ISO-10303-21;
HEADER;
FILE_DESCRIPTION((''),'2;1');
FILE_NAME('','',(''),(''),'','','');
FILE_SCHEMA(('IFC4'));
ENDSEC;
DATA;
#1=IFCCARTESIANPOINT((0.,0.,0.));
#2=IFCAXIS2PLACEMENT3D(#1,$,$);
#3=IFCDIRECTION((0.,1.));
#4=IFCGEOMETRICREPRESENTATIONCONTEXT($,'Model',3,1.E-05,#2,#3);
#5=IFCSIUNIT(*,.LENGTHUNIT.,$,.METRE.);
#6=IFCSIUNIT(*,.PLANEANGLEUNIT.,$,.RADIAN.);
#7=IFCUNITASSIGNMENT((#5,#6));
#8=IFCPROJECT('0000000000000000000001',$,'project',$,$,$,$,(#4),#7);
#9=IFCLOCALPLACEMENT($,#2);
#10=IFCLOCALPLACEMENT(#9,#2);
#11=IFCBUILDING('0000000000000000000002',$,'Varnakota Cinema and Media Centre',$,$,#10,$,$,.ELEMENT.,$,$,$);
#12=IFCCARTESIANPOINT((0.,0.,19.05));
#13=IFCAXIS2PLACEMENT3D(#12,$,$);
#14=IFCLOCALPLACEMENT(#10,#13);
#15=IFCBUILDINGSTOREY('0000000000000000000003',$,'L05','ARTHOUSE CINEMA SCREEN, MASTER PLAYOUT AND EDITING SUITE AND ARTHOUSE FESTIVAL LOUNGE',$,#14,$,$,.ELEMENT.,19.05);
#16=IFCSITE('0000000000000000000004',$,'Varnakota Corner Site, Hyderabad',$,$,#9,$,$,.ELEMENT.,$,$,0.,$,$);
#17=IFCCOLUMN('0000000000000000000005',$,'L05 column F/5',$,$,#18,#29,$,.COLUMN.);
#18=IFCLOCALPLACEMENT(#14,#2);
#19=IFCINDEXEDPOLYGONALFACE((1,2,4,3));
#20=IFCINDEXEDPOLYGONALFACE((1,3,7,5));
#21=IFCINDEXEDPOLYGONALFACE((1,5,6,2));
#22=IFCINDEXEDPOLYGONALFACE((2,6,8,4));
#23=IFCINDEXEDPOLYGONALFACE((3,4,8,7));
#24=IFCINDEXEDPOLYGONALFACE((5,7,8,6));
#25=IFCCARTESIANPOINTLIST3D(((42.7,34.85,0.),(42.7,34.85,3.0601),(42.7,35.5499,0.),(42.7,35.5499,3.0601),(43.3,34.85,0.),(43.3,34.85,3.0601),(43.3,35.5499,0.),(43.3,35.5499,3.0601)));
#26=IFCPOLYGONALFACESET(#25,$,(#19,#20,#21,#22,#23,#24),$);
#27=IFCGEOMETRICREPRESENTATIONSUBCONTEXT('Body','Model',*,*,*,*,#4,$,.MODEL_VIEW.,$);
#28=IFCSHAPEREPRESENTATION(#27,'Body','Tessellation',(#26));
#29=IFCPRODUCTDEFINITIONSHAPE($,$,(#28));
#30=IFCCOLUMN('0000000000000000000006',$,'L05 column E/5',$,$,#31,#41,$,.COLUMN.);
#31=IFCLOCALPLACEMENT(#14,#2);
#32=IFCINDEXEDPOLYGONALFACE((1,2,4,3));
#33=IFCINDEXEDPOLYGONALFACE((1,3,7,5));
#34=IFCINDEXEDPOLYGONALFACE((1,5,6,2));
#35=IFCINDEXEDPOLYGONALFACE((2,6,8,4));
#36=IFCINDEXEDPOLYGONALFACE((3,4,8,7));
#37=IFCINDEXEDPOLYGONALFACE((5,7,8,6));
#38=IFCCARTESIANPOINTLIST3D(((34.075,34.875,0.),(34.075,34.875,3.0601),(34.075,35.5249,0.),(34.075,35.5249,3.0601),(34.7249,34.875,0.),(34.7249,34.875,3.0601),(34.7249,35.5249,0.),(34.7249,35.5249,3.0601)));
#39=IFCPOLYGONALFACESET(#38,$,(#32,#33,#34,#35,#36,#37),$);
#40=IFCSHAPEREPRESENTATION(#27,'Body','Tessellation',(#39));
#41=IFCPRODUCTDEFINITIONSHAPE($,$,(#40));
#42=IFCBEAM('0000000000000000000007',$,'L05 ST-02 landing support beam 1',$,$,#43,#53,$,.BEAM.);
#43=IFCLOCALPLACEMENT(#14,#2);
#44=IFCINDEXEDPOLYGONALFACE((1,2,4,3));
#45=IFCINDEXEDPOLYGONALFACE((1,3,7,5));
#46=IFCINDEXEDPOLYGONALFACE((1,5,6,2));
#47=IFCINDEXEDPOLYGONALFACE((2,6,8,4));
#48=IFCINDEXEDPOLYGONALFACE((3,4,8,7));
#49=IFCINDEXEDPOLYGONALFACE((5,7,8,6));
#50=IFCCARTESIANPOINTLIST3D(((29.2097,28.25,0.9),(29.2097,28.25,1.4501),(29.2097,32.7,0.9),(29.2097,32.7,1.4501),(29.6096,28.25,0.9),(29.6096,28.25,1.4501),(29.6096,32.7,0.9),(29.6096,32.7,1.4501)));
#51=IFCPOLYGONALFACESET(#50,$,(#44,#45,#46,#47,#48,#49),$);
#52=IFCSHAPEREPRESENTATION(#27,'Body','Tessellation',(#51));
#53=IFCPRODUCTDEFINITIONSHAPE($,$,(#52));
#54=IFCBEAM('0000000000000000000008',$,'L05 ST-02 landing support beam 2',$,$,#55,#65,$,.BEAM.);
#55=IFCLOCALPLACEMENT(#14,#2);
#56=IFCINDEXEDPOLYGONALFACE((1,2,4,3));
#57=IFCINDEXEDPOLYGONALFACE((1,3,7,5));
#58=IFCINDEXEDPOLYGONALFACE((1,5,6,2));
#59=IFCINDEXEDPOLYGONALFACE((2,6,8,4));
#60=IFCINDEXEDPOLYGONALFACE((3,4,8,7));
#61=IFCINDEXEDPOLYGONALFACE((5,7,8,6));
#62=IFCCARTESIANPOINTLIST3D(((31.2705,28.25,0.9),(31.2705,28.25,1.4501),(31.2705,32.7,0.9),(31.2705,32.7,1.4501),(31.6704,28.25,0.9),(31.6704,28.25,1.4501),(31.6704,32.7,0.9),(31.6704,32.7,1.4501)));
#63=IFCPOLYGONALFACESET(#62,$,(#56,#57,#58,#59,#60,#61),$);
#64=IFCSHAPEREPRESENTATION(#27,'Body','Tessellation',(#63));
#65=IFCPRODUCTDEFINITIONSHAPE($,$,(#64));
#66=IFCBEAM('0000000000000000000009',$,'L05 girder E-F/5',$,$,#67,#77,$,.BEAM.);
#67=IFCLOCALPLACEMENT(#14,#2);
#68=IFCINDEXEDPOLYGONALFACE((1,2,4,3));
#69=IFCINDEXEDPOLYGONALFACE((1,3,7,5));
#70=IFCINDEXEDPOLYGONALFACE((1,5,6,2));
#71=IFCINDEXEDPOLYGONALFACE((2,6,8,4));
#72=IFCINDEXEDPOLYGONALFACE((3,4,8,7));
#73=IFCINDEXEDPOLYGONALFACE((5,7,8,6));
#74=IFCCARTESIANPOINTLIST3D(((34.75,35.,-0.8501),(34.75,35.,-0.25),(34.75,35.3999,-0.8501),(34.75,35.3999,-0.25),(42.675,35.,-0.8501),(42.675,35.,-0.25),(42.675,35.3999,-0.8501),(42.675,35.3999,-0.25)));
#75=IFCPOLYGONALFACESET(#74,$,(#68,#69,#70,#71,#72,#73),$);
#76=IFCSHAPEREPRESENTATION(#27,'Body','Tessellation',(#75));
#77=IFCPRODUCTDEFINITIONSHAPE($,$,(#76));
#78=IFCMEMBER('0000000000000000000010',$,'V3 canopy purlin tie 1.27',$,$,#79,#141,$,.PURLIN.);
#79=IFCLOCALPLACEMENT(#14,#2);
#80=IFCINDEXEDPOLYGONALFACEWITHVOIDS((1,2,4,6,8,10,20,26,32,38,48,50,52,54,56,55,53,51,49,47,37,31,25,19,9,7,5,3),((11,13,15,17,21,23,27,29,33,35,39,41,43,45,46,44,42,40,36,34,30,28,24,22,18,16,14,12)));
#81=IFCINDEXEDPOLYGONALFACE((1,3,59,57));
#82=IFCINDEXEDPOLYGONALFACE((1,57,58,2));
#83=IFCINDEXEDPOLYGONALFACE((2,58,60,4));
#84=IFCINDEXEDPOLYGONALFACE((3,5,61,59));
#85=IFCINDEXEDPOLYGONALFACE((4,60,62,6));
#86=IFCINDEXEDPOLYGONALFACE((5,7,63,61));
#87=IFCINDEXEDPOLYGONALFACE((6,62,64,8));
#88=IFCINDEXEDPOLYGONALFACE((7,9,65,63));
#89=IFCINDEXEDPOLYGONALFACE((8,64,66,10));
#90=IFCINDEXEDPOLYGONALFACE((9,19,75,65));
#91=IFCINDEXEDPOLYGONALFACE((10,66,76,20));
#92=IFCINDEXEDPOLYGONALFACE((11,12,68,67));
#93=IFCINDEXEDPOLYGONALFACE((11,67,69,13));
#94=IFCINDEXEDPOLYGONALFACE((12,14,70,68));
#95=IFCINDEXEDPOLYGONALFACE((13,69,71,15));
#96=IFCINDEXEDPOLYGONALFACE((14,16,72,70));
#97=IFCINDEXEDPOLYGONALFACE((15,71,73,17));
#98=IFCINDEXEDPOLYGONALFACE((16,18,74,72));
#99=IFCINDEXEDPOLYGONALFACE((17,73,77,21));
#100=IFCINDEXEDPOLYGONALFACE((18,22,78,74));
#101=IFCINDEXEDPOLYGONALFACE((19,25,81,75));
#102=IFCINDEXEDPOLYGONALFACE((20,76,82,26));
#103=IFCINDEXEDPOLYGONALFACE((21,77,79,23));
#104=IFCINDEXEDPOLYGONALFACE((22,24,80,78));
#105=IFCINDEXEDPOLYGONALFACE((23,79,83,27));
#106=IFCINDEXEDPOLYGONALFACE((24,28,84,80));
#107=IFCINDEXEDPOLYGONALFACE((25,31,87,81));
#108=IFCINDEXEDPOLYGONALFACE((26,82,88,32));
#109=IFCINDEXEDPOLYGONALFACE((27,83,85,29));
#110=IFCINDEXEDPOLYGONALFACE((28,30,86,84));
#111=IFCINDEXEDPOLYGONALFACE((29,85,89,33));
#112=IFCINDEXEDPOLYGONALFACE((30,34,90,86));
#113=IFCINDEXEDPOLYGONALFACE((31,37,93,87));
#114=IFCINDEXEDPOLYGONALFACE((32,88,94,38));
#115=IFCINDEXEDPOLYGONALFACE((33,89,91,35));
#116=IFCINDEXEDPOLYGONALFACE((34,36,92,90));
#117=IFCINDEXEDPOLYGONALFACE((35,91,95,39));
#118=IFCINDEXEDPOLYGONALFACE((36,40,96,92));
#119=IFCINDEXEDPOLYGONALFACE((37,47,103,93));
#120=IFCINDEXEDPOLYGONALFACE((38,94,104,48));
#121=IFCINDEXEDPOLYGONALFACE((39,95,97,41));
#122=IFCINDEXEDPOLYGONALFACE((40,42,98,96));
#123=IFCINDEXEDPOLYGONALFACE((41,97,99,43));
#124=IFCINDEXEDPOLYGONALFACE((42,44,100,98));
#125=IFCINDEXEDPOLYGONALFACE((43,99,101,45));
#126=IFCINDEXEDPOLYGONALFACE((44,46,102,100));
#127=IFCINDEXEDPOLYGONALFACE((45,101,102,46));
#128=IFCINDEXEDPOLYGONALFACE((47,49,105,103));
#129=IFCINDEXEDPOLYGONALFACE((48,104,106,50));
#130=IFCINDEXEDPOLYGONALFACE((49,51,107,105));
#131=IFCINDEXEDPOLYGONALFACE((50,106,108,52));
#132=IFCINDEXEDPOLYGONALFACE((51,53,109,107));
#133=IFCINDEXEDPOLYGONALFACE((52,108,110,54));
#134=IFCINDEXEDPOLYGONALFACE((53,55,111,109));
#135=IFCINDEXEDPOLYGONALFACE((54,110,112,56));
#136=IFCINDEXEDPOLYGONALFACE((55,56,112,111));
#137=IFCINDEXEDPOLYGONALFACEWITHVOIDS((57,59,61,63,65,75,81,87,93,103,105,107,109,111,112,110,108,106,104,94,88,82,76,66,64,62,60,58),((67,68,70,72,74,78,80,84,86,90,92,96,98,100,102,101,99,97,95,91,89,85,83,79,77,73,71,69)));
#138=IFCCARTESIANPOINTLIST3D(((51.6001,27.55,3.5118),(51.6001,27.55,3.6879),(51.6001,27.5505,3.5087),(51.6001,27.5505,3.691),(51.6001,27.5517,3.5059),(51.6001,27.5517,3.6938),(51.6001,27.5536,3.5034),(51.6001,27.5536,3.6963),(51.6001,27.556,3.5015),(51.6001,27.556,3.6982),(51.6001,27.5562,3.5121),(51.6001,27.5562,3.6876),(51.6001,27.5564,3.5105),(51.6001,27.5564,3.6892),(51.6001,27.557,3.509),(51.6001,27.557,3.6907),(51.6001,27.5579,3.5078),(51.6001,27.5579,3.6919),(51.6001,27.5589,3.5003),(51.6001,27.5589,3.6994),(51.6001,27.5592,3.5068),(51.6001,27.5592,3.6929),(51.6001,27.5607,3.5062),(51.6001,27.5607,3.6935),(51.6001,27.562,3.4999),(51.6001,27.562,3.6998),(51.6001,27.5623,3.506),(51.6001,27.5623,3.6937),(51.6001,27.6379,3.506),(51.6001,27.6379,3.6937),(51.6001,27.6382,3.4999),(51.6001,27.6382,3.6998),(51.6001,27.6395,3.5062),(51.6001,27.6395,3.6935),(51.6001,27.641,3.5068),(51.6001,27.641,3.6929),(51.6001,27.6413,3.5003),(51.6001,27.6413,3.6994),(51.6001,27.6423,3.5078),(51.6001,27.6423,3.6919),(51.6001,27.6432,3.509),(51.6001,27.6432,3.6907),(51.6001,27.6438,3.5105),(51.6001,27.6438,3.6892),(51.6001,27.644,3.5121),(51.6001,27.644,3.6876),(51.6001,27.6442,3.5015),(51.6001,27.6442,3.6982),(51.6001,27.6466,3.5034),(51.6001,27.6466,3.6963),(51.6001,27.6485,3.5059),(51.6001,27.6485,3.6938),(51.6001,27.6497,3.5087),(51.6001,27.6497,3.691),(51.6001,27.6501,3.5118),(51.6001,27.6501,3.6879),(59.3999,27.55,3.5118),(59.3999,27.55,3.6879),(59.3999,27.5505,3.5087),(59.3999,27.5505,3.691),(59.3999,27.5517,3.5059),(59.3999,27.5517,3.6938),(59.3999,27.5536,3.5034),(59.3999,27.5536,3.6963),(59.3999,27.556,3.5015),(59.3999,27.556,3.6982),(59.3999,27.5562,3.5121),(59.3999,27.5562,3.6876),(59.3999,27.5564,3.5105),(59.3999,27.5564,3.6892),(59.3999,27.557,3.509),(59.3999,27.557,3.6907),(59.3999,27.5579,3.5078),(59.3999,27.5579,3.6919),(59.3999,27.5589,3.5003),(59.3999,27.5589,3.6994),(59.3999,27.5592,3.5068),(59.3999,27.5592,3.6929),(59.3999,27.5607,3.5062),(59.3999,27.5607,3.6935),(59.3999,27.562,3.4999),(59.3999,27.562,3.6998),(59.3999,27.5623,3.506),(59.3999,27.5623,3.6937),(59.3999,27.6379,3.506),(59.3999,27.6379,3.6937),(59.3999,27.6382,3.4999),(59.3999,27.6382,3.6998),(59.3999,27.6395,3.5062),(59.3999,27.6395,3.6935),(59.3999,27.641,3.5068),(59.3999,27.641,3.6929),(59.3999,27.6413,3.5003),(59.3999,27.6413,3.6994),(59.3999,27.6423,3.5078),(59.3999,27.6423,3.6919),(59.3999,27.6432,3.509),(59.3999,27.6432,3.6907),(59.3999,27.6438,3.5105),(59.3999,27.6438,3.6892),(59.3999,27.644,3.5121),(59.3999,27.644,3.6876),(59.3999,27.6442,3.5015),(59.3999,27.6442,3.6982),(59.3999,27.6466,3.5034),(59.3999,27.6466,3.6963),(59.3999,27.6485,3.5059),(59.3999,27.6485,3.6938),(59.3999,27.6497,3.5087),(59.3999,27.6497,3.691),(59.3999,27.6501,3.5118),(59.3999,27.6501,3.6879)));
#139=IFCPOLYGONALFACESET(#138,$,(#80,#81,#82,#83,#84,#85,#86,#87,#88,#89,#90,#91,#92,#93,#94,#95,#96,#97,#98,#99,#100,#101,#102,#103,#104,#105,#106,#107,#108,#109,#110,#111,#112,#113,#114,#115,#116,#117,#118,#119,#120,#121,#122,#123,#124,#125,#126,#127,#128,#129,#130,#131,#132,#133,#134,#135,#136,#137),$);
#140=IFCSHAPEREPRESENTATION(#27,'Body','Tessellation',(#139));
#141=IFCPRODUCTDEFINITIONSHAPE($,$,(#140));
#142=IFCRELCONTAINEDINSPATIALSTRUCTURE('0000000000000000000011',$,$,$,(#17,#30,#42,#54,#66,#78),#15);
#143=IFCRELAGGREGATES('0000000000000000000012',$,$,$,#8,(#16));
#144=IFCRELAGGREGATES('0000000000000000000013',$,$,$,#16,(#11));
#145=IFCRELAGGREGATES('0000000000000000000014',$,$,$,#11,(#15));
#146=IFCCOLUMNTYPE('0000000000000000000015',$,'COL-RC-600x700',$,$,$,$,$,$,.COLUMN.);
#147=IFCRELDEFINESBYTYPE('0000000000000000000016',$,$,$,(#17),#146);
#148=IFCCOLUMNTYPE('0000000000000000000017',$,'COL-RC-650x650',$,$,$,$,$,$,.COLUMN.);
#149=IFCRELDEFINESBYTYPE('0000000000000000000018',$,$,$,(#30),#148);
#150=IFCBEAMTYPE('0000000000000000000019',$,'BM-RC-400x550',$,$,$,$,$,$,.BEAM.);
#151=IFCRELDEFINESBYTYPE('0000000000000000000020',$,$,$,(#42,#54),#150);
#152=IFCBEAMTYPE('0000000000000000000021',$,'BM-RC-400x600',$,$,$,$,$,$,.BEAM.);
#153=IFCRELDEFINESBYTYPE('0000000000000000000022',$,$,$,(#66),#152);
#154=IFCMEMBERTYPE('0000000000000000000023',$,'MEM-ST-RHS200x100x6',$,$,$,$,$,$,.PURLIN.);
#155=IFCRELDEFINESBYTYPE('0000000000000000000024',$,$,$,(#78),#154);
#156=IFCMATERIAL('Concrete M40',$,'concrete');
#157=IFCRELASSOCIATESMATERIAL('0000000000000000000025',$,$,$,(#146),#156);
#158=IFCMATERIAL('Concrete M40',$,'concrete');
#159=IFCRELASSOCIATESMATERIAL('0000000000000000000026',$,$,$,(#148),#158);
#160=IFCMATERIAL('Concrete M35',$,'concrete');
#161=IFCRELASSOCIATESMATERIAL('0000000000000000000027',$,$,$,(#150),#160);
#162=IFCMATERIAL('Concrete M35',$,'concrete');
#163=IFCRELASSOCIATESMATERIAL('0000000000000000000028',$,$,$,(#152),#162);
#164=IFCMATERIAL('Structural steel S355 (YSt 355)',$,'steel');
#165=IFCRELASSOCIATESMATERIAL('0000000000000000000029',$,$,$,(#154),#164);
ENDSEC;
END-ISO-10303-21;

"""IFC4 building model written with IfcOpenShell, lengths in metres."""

from ifc_helpers import new_model, si_unit, direction, frame, origin, origin_2d, place, context, subcontext, project, spatial, rectangle, hollow_rectangle, extrude, material, material_profile, profile_set, type_object, element, save


model = new_model("IFC4")

# Units and contexts
model_context = context("Model", 3, precision=1e-05, world=origin(), true_north=direction((0.0, 1.0)))
body_context = subcontext(model_context, "Body", "Model", "MODEL_VIEW")
ifc_project = project(units=[si_unit("LENGTHUNIT", "METRE"), si_unit("PLANEANGLEUNIT", "RADIAN")], contexts=[model_context])

# Site, building, storey
site_placement = place(None, origin())
site = spatial("IfcSite", under=ifc_project, at=site_placement, Name="Varnakota Corner Site, Hyderabad", CompositionType="ELEMENT", RefElevation=0.0)
building_placement = place(site_placement, origin())
building = spatial("IfcBuilding", under=site, at=building_placement, Name="Varnakota Cinema and Media Centre", CompositionType="ELEMENT")
storey_placement = place(building_placement, frame((0.0, 0.0, 19.05)))
storey = spatial("IfcBuildingStorey", under=building, at=storey_placement, Name="L05", Description="ARTHOUSE CINEMA SCREEN, MASTER PLAYOUT AND EDITING SUITE AND ARTHOUSE FESTIVAL LOUNGE", CompositionType="ELEMENT", Elevation=19.05)

# Columns
ifc_material_1 = material(Name="Concrete M40", Category="concrete")
ifc_material_profile_1 = material_profile(ifc_material_1, rectangle(XDim=0.6001, YDim=0.7, at=origin_2d()), Name="RC 600x700")
ifc_profile_set_1 = profile_set([ifc_material_profile_1], Name="Concrete M40")
column_type_1 = type_object("IfcColumnType", Name="COL-RC-600x700", PredefinedType="COLUMN", material=ifc_profile_set_1)
column_1_placement = place(storey_placement, frame((43.0, 35.2, 0.0), z_axis=(0.0, 0.0, 1.0), x_axis=(1.0, 0.0, 0.0)))
element("IfcColumn", 1, at=column_1_placement, inside=storey, type_object=column_type_1, Name="L05 column F/5", PredefinedType="COLUMN", context=body_context, shape_type="SweptSolid", body=[
    extrude(rectangle(XDim=0.6001, YDim=0.7, at=origin_2d()), origin(), (0.0, 0.0, 1.0), 3.0601),
])
ifc_material_2 = material(Name="Concrete M40", Category="concrete")
ifc_material_profile_2 = material_profile(ifc_material_2, rectangle(XDim=0.6499, YDim=0.6499, at=origin_2d()), Name="RC 650x650")
ifc_profile_set_2 = profile_set([ifc_material_profile_2], Name="Concrete M40")
column_type_2 = type_object("IfcColumnType", Name="COL-RC-650x650", PredefinedType="COLUMN", material=ifc_profile_set_2)
column_2_placement = place(storey_placement, frame((34.3999, 35.2, 0.0), z_axis=(0.0, 0.0, 1.0), x_axis=(1.0, 0.0, 0.0)))
element("IfcColumn", 2, at=column_2_placement, inside=storey, type_object=column_type_2, Name="L05 column E/5", PredefinedType="COLUMN", context=body_context, shape_type="SweptSolid", body=[
    extrude(rectangle(XDim=0.6499, YDim=0.6499, at=origin_2d()), origin(), (0.0, 0.0, 1.0), 3.0601),
])

# Beams
ifc_material_3 = material(Name="Concrete M35", Category="concrete")
ifc_material_profile_3 = material_profile(ifc_material_3, rectangle(XDim=0.3999, YDim=0.55, at=origin_2d()), Name="RCB 400x550")
ifc_profile_set_3 = profile_set([ifc_material_profile_3], Name="Concrete M35")
beam_type_1 = type_object("IfcBeamType", Name="BM-RC-400x550", PredefinedType="BEAM", material=ifc_profile_set_3)
for number, where, z_axis, x_axis, name in (
    (3, (29.4097, 28.25, 1.175), (0.0, 1.0, 0.0), (-1.0, 0.0, 0.0), "L05 ST-02 landing support beam 1"),
    (4, (31.4705, 28.25, 1.175), (0.0, 1.0, 0.0), (-1.0, 0.0, 0.0), "L05 ST-02 landing support beam 2"),
):
    element("IfcBeam", number, at=place(storey_placement, frame(where, z_axis=z_axis, x_axis=x_axis)), inside=storey, type_object=beam_type_1, Name=name, PredefinedType="BEAM", context=body_context, shape_type="SweptSolid", body=[
        extrude(rectangle(XDim=0.3999, YDim=0.55, at=origin_2d()), origin(), (0.0, 0.0, 1.0), 4.45),
    ])
ifc_material_4 = material(Name="Concrete M35", Category="concrete")
ifc_material_profile_4 = material_profile(ifc_material_4, rectangle(XDim=0.3999, YDim=0.6001, at=origin_2d()), Name="RCB 400x600")
ifc_profile_set_4 = profile_set([ifc_material_profile_4], Name="Concrete M35")
beam_type_2 = type_object("IfcBeamType", Name="BM-RC-400x600", PredefinedType="BEAM", material=ifc_profile_set_4)
beam_placement = place(storey_placement, frame((34.75, 35.2, -0.55), z_axis=(1.0, 0.0, 0.0), x_axis=(0.0, 1.0, 0.0)))
element("IfcBeam", 5, at=beam_placement, inside=storey, type_object=beam_type_2, Name="L05 girder E-F/5", PredefinedType="BEAM", context=body_context, shape_type="SweptSolid", body=[
    extrude(rectangle(XDim=0.3999, YDim=0.6001, at=origin_2d()), origin(), (0.0, 0.0, 1.0), 7.925),
])

# Member
ifc_material_5 = material(Name="Structural steel S355 (YSt 355)", Category="steel")
ifc_material_profile_5 = material_profile(ifc_material_5, hollow_rectangle(XDim=0.1001, YDim=0.2, WallThickness=0.0061, InnerFilletRadius=0.0061, OuterFilletRadius=0.012, at=origin_2d()), Name="RHS 200x100x6")
ifc_profile_set_5 = profile_set([ifc_material_profile_5], Name="Structural steel S355 (YSt 355)")
member_type = type_object("IfcMemberType", Name="MEM-ST-RHS200x100x6", PredefinedType="PURLIN", material=ifc_profile_set_5)
member_placement = place(storey_placement, frame((51.6001, 27.6001, 3.5999), z_axis=(1.0, 0.0, 0.0), x_axis=(0.0, 1.0, 0.0)))
element("IfcMember", 6, at=member_placement, inside=storey, type_object=member_type, Name="V3 canopy purlin tie 1.27", PredefinedType="PURLIN", context=body_context, shape_type="SweptSolid", body=[
    extrude(hollow_rectangle(XDim=0.1001, YDim=0.2, WallThickness=0.0061, InnerFilletRadius=0.0061, OuterFilletRadius=0.012, at=origin_2d()), origin(), (0.0, 0.0, 1.0), 7.7998),
])

save(model, "model.ifc")
